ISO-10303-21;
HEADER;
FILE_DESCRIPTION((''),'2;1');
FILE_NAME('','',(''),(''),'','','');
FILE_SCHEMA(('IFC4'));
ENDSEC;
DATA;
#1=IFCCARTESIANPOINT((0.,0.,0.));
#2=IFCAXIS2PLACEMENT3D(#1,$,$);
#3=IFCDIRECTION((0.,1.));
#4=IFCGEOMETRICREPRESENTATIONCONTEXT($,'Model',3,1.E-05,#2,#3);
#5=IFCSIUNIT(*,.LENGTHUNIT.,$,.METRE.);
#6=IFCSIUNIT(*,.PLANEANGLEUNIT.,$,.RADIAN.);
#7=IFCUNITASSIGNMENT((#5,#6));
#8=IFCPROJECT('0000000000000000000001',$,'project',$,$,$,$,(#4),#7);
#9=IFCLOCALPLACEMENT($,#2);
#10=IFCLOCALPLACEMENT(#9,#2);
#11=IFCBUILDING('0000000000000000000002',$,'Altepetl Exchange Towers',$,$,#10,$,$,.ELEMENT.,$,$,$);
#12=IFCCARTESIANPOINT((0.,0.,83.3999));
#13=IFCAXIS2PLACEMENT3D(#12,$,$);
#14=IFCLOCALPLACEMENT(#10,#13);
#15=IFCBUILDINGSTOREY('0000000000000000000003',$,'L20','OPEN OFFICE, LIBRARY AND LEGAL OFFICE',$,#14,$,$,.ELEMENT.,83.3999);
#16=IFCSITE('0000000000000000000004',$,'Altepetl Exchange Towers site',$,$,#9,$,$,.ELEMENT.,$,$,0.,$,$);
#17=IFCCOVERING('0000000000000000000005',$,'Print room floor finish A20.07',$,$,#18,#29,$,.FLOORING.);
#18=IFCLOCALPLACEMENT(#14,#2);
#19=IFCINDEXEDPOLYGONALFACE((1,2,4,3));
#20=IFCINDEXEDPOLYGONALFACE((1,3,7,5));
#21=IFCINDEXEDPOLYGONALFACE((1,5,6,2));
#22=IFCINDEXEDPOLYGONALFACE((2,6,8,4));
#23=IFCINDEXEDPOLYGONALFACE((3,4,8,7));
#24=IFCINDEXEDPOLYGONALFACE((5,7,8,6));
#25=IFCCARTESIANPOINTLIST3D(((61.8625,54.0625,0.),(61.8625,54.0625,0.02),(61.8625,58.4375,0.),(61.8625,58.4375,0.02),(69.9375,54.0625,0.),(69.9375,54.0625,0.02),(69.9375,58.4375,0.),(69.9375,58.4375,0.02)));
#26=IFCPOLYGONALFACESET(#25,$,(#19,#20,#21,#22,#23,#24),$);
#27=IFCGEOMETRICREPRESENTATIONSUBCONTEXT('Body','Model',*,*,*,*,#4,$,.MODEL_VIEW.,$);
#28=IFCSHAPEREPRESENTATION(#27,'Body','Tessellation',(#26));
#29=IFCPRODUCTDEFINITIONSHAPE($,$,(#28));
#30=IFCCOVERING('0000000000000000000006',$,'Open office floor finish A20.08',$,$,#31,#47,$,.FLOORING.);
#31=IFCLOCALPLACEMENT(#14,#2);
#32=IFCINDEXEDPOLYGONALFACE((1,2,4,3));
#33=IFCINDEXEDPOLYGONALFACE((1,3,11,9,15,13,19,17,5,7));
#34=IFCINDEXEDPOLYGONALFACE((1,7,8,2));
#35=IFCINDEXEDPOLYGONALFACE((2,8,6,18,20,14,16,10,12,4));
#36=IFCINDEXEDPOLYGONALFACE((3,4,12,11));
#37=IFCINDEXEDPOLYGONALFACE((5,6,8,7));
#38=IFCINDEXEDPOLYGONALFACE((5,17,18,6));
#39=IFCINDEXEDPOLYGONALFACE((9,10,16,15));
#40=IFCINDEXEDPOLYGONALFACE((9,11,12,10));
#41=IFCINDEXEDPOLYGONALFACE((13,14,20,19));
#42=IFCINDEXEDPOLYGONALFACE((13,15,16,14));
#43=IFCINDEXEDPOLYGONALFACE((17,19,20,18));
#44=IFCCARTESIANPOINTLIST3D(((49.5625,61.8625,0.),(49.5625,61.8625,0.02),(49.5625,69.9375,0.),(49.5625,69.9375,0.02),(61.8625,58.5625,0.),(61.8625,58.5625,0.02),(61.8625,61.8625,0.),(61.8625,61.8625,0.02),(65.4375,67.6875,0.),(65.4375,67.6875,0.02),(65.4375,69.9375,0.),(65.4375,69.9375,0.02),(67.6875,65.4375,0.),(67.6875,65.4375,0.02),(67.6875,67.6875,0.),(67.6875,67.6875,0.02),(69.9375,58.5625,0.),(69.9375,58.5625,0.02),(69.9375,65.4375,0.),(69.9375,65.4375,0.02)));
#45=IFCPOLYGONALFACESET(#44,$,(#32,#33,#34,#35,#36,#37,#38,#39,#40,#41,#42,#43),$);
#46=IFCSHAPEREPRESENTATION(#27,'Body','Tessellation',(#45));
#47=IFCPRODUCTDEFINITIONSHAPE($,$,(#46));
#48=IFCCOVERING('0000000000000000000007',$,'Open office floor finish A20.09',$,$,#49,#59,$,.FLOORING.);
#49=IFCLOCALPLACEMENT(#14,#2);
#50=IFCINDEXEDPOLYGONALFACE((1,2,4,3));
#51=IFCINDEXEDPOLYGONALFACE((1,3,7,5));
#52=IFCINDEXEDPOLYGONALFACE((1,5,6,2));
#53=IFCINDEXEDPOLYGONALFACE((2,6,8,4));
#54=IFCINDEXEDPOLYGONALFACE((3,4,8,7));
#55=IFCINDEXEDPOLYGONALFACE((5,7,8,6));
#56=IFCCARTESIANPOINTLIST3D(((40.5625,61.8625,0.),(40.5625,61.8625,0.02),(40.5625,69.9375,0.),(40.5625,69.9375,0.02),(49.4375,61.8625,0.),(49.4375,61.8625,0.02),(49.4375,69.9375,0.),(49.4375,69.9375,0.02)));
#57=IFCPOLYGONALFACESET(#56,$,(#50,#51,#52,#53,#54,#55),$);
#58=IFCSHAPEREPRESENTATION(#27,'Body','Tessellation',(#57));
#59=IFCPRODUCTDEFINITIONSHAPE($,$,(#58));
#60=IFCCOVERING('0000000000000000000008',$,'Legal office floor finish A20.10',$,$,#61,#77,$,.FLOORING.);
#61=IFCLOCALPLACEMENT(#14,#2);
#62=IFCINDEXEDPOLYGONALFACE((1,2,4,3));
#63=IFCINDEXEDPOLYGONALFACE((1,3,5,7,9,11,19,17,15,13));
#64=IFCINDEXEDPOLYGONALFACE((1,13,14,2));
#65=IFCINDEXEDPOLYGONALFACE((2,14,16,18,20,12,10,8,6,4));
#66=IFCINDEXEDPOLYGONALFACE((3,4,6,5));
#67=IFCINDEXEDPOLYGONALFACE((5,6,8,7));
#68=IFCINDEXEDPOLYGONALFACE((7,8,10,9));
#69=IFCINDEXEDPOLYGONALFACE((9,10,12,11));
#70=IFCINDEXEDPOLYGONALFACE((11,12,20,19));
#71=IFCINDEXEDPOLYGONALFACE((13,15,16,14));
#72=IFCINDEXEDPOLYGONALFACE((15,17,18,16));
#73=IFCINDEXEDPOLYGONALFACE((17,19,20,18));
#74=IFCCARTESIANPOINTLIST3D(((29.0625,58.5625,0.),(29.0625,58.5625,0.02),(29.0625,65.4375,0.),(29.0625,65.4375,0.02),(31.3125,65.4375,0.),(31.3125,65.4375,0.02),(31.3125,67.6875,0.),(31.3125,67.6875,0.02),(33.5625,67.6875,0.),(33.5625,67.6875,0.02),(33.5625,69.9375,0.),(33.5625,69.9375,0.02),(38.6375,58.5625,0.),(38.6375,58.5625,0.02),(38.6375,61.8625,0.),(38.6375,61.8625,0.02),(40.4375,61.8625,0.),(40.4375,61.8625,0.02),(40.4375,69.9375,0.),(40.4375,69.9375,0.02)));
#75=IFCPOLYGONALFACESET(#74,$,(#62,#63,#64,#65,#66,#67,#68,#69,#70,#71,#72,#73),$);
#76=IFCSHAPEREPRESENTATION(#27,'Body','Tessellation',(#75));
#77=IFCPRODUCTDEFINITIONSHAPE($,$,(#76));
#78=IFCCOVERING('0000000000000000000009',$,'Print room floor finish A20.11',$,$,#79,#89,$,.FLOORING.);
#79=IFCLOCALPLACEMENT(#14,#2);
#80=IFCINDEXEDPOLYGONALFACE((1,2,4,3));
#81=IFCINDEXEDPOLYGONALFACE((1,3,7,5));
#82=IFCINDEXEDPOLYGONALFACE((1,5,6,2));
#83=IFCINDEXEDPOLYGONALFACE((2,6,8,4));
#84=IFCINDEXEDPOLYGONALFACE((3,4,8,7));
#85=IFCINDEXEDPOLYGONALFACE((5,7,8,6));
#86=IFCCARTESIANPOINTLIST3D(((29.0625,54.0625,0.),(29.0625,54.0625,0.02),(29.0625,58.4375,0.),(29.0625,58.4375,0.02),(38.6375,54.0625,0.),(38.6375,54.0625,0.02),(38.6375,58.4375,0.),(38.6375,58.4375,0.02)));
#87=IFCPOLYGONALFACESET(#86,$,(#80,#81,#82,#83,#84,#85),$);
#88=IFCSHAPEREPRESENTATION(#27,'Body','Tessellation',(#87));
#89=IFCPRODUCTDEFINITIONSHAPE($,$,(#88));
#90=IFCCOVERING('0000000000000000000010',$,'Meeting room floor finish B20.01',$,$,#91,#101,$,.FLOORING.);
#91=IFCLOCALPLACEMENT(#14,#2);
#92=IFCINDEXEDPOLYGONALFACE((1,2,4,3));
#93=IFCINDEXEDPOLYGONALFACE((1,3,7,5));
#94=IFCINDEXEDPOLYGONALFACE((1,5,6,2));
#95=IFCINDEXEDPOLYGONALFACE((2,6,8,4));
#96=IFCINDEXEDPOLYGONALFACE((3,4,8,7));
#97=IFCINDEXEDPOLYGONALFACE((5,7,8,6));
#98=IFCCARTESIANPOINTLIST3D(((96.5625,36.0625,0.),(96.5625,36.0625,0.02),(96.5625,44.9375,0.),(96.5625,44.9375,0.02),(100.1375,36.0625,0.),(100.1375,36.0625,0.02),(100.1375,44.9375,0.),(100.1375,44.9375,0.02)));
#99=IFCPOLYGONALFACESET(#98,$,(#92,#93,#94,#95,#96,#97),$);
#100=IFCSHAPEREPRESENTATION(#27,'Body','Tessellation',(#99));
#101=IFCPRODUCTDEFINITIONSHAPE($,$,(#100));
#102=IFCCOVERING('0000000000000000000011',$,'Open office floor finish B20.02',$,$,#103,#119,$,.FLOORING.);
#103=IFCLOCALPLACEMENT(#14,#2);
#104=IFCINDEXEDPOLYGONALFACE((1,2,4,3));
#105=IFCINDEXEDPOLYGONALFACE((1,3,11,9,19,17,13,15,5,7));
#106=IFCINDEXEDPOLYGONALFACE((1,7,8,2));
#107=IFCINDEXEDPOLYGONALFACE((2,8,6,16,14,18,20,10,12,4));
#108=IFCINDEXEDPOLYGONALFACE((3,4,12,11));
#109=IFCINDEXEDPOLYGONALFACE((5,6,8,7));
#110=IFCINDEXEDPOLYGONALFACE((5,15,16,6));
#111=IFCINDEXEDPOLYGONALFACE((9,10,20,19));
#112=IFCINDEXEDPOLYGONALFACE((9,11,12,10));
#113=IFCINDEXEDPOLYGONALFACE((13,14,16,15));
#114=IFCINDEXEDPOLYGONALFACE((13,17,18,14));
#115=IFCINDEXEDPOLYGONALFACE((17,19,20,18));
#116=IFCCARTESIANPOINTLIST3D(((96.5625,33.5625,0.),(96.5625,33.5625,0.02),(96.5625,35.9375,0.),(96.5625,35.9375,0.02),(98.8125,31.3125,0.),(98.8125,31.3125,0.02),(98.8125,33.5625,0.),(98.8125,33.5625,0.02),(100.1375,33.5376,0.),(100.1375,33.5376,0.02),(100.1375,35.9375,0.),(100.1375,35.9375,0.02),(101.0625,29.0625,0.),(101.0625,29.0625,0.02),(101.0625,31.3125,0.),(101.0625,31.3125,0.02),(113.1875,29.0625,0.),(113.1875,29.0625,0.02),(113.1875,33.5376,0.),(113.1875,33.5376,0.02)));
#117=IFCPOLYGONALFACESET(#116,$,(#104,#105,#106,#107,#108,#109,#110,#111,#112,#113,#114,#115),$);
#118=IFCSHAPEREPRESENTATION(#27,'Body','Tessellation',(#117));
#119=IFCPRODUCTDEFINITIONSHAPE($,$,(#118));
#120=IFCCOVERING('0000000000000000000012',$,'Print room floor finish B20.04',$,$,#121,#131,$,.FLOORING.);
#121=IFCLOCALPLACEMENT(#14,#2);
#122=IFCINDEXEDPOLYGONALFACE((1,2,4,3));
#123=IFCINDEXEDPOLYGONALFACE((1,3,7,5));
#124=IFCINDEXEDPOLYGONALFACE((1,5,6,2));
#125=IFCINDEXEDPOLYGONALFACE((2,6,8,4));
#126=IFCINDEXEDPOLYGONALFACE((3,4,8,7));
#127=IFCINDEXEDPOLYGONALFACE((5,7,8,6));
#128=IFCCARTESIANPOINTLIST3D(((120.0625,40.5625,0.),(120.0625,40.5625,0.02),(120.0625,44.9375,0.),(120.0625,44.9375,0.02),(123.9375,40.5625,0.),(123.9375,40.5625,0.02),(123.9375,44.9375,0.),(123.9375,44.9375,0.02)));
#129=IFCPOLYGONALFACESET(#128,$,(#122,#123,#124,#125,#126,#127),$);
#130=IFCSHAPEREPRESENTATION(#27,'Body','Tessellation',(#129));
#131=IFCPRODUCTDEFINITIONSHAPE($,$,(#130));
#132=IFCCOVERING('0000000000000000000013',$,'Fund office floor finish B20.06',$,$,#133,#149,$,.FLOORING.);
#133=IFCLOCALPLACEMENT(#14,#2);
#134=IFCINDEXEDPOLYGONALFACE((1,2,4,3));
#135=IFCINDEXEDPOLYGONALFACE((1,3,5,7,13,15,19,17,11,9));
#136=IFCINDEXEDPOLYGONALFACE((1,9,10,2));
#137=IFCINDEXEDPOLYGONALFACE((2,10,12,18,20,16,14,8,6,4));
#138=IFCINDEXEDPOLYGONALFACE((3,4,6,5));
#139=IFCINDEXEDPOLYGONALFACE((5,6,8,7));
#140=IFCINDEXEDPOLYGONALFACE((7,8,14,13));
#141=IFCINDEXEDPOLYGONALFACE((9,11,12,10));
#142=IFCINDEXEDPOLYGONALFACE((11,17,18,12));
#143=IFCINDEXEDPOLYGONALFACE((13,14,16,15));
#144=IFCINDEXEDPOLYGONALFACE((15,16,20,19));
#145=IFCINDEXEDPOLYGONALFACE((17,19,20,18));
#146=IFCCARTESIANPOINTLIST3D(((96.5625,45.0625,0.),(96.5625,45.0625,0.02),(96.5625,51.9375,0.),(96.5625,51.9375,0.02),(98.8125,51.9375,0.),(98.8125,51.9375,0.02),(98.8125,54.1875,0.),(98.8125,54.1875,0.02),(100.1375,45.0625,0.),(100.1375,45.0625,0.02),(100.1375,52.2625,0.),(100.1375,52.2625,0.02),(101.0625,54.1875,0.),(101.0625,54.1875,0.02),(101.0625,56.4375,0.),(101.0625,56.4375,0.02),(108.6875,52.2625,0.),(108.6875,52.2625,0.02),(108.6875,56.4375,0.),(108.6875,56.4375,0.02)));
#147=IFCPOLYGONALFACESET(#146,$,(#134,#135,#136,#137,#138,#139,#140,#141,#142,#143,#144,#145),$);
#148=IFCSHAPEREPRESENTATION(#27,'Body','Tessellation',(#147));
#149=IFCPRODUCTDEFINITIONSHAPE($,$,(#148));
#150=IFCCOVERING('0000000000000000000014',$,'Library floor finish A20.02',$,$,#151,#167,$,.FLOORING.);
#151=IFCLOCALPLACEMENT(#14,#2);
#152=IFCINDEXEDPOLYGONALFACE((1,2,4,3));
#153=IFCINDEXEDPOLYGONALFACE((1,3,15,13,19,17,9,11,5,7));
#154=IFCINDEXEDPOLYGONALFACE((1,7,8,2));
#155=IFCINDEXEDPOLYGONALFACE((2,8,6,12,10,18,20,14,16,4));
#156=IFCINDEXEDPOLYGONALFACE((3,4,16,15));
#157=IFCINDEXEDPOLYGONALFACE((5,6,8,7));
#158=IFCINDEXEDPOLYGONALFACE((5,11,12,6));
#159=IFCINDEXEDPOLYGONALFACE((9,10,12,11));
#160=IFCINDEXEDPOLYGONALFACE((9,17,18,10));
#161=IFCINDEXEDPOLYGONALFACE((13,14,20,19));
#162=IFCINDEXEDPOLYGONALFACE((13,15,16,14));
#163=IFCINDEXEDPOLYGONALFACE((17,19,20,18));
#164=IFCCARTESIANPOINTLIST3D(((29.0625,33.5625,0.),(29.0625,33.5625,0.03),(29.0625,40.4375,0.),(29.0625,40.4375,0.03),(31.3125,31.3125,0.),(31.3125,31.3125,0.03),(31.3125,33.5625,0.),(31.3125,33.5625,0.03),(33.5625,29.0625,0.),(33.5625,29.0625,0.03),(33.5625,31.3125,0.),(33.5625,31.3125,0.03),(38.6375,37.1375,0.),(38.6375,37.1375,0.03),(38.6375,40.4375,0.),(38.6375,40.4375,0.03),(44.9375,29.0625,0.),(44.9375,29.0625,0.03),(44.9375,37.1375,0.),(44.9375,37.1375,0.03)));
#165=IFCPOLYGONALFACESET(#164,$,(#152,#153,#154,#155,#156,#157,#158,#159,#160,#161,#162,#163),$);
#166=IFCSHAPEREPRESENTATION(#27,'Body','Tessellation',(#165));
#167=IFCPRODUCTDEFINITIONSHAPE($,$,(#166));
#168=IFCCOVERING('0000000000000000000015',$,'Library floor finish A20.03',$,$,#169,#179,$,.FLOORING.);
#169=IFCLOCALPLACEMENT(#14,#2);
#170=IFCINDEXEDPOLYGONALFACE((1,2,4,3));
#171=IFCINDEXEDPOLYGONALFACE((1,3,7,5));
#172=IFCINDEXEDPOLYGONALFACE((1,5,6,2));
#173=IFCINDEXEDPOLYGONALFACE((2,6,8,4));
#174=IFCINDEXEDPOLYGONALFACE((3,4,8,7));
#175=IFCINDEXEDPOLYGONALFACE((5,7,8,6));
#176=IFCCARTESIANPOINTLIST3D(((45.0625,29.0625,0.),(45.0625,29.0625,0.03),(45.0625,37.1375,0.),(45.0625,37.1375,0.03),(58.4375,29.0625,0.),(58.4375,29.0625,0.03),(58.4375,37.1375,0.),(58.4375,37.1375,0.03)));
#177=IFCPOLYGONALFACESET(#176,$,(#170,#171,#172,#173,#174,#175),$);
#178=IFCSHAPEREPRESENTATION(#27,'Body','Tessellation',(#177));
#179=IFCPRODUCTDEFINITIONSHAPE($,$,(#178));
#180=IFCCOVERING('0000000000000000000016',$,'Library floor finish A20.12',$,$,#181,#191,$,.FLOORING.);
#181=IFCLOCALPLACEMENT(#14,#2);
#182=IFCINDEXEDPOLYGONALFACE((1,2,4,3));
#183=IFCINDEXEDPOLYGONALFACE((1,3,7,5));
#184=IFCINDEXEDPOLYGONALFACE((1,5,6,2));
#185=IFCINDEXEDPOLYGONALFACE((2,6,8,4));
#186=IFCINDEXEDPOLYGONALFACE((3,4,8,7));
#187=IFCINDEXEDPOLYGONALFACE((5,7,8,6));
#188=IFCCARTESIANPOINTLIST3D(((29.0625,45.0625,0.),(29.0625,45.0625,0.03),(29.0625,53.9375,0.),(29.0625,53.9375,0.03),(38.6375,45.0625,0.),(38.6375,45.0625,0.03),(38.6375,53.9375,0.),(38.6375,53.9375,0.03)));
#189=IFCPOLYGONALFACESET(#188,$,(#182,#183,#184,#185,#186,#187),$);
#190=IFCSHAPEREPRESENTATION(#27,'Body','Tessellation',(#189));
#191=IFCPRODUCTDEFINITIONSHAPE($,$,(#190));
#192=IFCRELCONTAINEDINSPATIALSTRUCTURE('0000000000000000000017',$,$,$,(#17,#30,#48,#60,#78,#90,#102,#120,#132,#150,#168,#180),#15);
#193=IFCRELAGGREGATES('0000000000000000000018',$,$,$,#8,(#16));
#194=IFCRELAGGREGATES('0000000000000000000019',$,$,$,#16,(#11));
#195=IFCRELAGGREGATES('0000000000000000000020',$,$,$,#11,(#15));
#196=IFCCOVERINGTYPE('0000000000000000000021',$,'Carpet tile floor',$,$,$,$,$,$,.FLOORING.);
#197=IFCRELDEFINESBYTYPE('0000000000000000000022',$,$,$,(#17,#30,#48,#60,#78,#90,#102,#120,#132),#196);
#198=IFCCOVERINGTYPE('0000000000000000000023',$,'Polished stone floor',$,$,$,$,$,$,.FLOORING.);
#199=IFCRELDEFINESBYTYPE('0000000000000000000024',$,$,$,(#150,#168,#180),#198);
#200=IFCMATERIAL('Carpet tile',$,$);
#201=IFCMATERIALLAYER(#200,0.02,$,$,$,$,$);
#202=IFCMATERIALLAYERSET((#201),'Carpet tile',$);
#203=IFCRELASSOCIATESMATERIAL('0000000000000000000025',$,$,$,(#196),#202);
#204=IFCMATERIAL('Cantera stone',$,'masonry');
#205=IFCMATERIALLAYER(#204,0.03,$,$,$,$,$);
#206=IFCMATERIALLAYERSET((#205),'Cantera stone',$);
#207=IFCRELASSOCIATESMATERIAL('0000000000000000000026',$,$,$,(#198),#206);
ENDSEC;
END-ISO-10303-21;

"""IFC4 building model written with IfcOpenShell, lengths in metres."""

from ifc_helpers import new_model, si_unit, direction, frame, origin, place, context, subcontext, project, spatial, polyline, outline, extrude, material, layer, layer_set, type_object, element, save


model = new_model("IFC4")

# Units and contexts
model_context = context("Model", 3, precision=1e-05, world=origin(), true_north=direction((0.0, 1.0)))
body_context = subcontext(model_context, "Body", "Model", "MODEL_VIEW")
ifc_project = project(units=[si_unit("LENGTHUNIT", "METRE"), si_unit("PLANEANGLEUNIT", "RADIAN")], contexts=[model_context])

# Site, building, storey
site_placement = place(None, origin())
site = spatial("IfcSite", under=ifc_project, at=site_placement, Name="Altepetl Exchange Towers site", CompositionType="ELEMENT", RefElevation=0.0)
building_placement = place(site_placement, origin())
building = spatial("IfcBuilding", under=site, at=building_placement, Name="Altepetl Exchange Towers", CompositionType="ELEMENT")
storey_placement = place(building_placement, frame((0.0, 0.0, 83.3999)))
storey = spatial("IfcBuildingStorey", under=building, at=storey_placement, Name="L20", Description="OPEN OFFICE, LIBRARY AND LEGAL OFFICE", CompositionType="ELEMENT", Elevation=83.3999)

# Coverings
ifc_material_1 = material(Name="Carpet tile")
ifc_layer_1 = layer(ifc_material_1, 0.02)
ifc_layer_set_1 = layer_set([ifc_layer_1], Name="Carpet tile")
covering_type_1 = type_object("IfcCoveringType", Name="Carpet tile floor", PredefinedType="FLOORING", material=ifc_layer_set_1)
covering_1_placement = place(storey_placement, origin())
element("IfcCovering", 1, at=covering_1_placement, inside=storey, type_object=covering_type_1, Name="Print room floor finish A20.07", PredefinedType="FLOORING", context=body_context, shape_type="SweptSolid", body=[
    extrude(outline(polyline([(69.9375, 58.4375), (61.8625, 58.4375), (61.8625, 54.0625), (69.9375, 54.0625), (69.9375, 58.4375)])), origin(), (0.0, 0.0, 1.0), 0.02),
])
covering_2_placement = place(storey_placement, origin())
element("IfcCovering", 2, at=covering_2_placement, inside=storey, type_object=covering_type_1, Name="Open office floor finish A20.08", PredefinedType="FLOORING", context=body_context, shape_type="SweptSolid", body=[
    extrude(outline(polyline([(49.5625, 69.9375), (49.5625, 61.8625), (61.8625, 61.8625), (61.8625, 58.5625), (69.9375, 58.5625), (69.9375, 65.4375), (67.6875, 65.4375), (67.6875, 67.6875), (65.4375, 67.6875), (65.4375, 69.9375), (49.5625, 69.9375)])), origin(), (0.0, 0.0, 1.0), 0.02),
])
covering_3_placement = place(storey_placement, origin())
element("IfcCovering", 3, at=covering_3_placement, inside=storey, type_object=covering_type_1, Name="Open office floor finish A20.09", PredefinedType="FLOORING", context=body_context, shape_type="SweptSolid", body=[
    extrude(outline(polyline([(40.5625, 69.9375), (40.5625, 61.8625), (49.4375, 61.8625), (49.4375, 69.9375), (40.5625, 69.9375)])), origin(), (0.0, 0.0, 1.0), 0.02),
])
covering_4_placement = place(storey_placement, origin())
element("IfcCovering", 4, at=covering_4_placement, inside=storey, type_object=covering_type_1, Name="Legal office floor finish A20.10", PredefinedType="FLOORING", context=body_context, shape_type="SweptSolid", body=[
    extrude(outline(polyline([(33.5625, 67.6875), (31.3125, 67.6875), (31.3125, 65.4375), (29.0625, 65.4375), (29.0625, 58.5625), (38.6375, 58.5625), (38.6375, 61.8625), (40.4375, 61.8625), (40.4375, 69.9375), (33.5625, 69.9375), (33.5625, 67.6875)])), origin(), (0.0, 0.0, 1.0), 0.02),
])
covering_5_placement = place(storey_placement, origin())
element("IfcCovering", 5, at=covering_5_placement, inside=storey, type_object=covering_type_1, Name="Print room floor finish A20.11", PredefinedType="FLOORING", context=body_context, shape_type="SweptSolid", body=[
    extrude(outline(polyline([(29.0625, 54.0625), (38.6375, 54.0625), (38.6375, 58.4375), (29.0625, 58.4375), (29.0625, 54.0625)])), origin(), (0.0, 0.0, 1.0), 0.02),
])
covering_6_placement = place(storey_placement, origin())
element("IfcCovering", 6, at=covering_6_placement, inside=storey, type_object=covering_type_1, Name="Meeting room floor finish B20.01", PredefinedType="FLOORING", context=body_context, shape_type="SweptSolid", body=[
    extrude(outline(polyline([(100.1375, 44.9375), (96.5625, 44.9375), (96.5625, 36.0625), (100.1375, 36.0625), (100.1375, 44.9375)])), origin(), (0.0, 0.0, 1.0), 0.02),
])
covering_7_placement = place(storey_placement, origin())
element("IfcCovering", 7, at=covering_7_placement, inside=storey, type_object=covering_type_1, Name="Open office floor finish B20.02", PredefinedType="FLOORING", context=body_context, shape_type="SweptSolid", body=[
    extrude(outline(polyline([(100.1375, 33.5376), (100.1375, 35.9375), (96.5625, 35.9375), (96.5625, 33.5625), (98.8125, 33.5625), (98.8125, 31.3125), (101.0625, 31.3125), (101.0625, 29.0625), (113.1875, 29.0625), (113.1875, 33.5376), (100.1375, 33.5376)])), origin(), (0.0, 0.0, 1.0), 0.02),
])
covering_8_placement = place(storey_placement, origin())
element("IfcCovering", 8, at=covering_8_placement, inside=storey, type_object=covering_type_1, Name="Print room floor finish B20.04", PredefinedType="FLOORING", context=body_context, shape_type="SweptSolid", body=[
    extrude(outline(polyline([(123.9375, 44.9375), (120.0625, 44.9375), (120.0625, 40.5625), (123.9375, 40.5625), (123.9375, 44.9375)])), origin(), (0.0, 0.0, 1.0), 0.02),
])
covering_9_placement = place(storey_placement, origin())
element("IfcCovering", 9, at=covering_9_placement, inside=storey, type_object=covering_type_1, Name="Fund office floor finish B20.06", PredefinedType="FLOORING", context=body_context, shape_type="SweptSolid", body=[
    extrude(outline(polyline([(108.6875, 56.4375), (101.0625, 56.4375), (101.0625, 54.1875), (98.8125, 54.1875), (98.8125, 51.9375), (96.5625, 51.9375), (96.5625, 45.0625), (100.1375, 45.0625), (100.1375, 52.2625), (108.6875, 52.2625), (108.6875, 56.4375)])), origin(), (0.0, 0.0, 1.0), 0.02),
])
ifc_material_2 = material(Name="Cantera stone", Category="masonry")
ifc_layer_2 = layer(ifc_material_2, 0.03)
ifc_layer_set_2 = layer_set([ifc_layer_2], Name="Cantera stone")
covering_type_2 = type_object("IfcCoveringType", Name="Polished stone floor", PredefinedType="FLOORING", material=ifc_layer_set_2)
covering_10_placement = place(storey_placement, origin())
element("IfcCovering", 10, at=covering_10_placement, inside=storey, type_object=covering_type_2, Name="Library floor finish A20.02", PredefinedType="FLOORING", context=body_context, shape_type="SweptSolid", body=[
    extrude(outline(polyline([(44.9375, 29.0625), (44.9375, 37.1375), (38.6375, 37.1375), (38.6375, 40.4375), (29.0625, 40.4375), (29.0625, 33.5625), (31.3125, 33.5625), (31.3125, 31.3125), (33.5625, 31.3125), (33.5625, 29.0625), (44.9375, 29.0625)])), origin(), (0.0, 0.0, 1.0), 0.03),
])
covering_11_placement = place(storey_placement, origin())
element("IfcCovering", 11, at=covering_11_placement, inside=storey, type_object=covering_type_2, Name="Library floor finish A20.03", PredefinedType="FLOORING", context=body_context, shape_type="SweptSolid", body=[
    extrude(outline(polyline([(58.4375, 29.0625), (58.4375, 37.1375), (45.0625, 37.1375), (45.0625, 29.0625), (58.4375, 29.0625)])), origin(), (0.0, 0.0, 1.0), 0.03),
])
covering_12_placement = place(storey_placement, origin())
element("IfcCovering", 12, at=covering_12_placement, inside=storey, type_object=covering_type_2, Name="Library floor finish A20.12", PredefinedType="FLOORING", context=body_context, shape_type="SweptSolid", body=[
    extrude(outline(polyline([(29.0625, 45.0625), (38.6375, 45.0625), (38.6375, 53.9375), (29.0625, 53.9375), (29.0625, 45.0625)])), origin(), (0.0, 0.0, 1.0), 0.03),
])

save(model, "model.ifc")
